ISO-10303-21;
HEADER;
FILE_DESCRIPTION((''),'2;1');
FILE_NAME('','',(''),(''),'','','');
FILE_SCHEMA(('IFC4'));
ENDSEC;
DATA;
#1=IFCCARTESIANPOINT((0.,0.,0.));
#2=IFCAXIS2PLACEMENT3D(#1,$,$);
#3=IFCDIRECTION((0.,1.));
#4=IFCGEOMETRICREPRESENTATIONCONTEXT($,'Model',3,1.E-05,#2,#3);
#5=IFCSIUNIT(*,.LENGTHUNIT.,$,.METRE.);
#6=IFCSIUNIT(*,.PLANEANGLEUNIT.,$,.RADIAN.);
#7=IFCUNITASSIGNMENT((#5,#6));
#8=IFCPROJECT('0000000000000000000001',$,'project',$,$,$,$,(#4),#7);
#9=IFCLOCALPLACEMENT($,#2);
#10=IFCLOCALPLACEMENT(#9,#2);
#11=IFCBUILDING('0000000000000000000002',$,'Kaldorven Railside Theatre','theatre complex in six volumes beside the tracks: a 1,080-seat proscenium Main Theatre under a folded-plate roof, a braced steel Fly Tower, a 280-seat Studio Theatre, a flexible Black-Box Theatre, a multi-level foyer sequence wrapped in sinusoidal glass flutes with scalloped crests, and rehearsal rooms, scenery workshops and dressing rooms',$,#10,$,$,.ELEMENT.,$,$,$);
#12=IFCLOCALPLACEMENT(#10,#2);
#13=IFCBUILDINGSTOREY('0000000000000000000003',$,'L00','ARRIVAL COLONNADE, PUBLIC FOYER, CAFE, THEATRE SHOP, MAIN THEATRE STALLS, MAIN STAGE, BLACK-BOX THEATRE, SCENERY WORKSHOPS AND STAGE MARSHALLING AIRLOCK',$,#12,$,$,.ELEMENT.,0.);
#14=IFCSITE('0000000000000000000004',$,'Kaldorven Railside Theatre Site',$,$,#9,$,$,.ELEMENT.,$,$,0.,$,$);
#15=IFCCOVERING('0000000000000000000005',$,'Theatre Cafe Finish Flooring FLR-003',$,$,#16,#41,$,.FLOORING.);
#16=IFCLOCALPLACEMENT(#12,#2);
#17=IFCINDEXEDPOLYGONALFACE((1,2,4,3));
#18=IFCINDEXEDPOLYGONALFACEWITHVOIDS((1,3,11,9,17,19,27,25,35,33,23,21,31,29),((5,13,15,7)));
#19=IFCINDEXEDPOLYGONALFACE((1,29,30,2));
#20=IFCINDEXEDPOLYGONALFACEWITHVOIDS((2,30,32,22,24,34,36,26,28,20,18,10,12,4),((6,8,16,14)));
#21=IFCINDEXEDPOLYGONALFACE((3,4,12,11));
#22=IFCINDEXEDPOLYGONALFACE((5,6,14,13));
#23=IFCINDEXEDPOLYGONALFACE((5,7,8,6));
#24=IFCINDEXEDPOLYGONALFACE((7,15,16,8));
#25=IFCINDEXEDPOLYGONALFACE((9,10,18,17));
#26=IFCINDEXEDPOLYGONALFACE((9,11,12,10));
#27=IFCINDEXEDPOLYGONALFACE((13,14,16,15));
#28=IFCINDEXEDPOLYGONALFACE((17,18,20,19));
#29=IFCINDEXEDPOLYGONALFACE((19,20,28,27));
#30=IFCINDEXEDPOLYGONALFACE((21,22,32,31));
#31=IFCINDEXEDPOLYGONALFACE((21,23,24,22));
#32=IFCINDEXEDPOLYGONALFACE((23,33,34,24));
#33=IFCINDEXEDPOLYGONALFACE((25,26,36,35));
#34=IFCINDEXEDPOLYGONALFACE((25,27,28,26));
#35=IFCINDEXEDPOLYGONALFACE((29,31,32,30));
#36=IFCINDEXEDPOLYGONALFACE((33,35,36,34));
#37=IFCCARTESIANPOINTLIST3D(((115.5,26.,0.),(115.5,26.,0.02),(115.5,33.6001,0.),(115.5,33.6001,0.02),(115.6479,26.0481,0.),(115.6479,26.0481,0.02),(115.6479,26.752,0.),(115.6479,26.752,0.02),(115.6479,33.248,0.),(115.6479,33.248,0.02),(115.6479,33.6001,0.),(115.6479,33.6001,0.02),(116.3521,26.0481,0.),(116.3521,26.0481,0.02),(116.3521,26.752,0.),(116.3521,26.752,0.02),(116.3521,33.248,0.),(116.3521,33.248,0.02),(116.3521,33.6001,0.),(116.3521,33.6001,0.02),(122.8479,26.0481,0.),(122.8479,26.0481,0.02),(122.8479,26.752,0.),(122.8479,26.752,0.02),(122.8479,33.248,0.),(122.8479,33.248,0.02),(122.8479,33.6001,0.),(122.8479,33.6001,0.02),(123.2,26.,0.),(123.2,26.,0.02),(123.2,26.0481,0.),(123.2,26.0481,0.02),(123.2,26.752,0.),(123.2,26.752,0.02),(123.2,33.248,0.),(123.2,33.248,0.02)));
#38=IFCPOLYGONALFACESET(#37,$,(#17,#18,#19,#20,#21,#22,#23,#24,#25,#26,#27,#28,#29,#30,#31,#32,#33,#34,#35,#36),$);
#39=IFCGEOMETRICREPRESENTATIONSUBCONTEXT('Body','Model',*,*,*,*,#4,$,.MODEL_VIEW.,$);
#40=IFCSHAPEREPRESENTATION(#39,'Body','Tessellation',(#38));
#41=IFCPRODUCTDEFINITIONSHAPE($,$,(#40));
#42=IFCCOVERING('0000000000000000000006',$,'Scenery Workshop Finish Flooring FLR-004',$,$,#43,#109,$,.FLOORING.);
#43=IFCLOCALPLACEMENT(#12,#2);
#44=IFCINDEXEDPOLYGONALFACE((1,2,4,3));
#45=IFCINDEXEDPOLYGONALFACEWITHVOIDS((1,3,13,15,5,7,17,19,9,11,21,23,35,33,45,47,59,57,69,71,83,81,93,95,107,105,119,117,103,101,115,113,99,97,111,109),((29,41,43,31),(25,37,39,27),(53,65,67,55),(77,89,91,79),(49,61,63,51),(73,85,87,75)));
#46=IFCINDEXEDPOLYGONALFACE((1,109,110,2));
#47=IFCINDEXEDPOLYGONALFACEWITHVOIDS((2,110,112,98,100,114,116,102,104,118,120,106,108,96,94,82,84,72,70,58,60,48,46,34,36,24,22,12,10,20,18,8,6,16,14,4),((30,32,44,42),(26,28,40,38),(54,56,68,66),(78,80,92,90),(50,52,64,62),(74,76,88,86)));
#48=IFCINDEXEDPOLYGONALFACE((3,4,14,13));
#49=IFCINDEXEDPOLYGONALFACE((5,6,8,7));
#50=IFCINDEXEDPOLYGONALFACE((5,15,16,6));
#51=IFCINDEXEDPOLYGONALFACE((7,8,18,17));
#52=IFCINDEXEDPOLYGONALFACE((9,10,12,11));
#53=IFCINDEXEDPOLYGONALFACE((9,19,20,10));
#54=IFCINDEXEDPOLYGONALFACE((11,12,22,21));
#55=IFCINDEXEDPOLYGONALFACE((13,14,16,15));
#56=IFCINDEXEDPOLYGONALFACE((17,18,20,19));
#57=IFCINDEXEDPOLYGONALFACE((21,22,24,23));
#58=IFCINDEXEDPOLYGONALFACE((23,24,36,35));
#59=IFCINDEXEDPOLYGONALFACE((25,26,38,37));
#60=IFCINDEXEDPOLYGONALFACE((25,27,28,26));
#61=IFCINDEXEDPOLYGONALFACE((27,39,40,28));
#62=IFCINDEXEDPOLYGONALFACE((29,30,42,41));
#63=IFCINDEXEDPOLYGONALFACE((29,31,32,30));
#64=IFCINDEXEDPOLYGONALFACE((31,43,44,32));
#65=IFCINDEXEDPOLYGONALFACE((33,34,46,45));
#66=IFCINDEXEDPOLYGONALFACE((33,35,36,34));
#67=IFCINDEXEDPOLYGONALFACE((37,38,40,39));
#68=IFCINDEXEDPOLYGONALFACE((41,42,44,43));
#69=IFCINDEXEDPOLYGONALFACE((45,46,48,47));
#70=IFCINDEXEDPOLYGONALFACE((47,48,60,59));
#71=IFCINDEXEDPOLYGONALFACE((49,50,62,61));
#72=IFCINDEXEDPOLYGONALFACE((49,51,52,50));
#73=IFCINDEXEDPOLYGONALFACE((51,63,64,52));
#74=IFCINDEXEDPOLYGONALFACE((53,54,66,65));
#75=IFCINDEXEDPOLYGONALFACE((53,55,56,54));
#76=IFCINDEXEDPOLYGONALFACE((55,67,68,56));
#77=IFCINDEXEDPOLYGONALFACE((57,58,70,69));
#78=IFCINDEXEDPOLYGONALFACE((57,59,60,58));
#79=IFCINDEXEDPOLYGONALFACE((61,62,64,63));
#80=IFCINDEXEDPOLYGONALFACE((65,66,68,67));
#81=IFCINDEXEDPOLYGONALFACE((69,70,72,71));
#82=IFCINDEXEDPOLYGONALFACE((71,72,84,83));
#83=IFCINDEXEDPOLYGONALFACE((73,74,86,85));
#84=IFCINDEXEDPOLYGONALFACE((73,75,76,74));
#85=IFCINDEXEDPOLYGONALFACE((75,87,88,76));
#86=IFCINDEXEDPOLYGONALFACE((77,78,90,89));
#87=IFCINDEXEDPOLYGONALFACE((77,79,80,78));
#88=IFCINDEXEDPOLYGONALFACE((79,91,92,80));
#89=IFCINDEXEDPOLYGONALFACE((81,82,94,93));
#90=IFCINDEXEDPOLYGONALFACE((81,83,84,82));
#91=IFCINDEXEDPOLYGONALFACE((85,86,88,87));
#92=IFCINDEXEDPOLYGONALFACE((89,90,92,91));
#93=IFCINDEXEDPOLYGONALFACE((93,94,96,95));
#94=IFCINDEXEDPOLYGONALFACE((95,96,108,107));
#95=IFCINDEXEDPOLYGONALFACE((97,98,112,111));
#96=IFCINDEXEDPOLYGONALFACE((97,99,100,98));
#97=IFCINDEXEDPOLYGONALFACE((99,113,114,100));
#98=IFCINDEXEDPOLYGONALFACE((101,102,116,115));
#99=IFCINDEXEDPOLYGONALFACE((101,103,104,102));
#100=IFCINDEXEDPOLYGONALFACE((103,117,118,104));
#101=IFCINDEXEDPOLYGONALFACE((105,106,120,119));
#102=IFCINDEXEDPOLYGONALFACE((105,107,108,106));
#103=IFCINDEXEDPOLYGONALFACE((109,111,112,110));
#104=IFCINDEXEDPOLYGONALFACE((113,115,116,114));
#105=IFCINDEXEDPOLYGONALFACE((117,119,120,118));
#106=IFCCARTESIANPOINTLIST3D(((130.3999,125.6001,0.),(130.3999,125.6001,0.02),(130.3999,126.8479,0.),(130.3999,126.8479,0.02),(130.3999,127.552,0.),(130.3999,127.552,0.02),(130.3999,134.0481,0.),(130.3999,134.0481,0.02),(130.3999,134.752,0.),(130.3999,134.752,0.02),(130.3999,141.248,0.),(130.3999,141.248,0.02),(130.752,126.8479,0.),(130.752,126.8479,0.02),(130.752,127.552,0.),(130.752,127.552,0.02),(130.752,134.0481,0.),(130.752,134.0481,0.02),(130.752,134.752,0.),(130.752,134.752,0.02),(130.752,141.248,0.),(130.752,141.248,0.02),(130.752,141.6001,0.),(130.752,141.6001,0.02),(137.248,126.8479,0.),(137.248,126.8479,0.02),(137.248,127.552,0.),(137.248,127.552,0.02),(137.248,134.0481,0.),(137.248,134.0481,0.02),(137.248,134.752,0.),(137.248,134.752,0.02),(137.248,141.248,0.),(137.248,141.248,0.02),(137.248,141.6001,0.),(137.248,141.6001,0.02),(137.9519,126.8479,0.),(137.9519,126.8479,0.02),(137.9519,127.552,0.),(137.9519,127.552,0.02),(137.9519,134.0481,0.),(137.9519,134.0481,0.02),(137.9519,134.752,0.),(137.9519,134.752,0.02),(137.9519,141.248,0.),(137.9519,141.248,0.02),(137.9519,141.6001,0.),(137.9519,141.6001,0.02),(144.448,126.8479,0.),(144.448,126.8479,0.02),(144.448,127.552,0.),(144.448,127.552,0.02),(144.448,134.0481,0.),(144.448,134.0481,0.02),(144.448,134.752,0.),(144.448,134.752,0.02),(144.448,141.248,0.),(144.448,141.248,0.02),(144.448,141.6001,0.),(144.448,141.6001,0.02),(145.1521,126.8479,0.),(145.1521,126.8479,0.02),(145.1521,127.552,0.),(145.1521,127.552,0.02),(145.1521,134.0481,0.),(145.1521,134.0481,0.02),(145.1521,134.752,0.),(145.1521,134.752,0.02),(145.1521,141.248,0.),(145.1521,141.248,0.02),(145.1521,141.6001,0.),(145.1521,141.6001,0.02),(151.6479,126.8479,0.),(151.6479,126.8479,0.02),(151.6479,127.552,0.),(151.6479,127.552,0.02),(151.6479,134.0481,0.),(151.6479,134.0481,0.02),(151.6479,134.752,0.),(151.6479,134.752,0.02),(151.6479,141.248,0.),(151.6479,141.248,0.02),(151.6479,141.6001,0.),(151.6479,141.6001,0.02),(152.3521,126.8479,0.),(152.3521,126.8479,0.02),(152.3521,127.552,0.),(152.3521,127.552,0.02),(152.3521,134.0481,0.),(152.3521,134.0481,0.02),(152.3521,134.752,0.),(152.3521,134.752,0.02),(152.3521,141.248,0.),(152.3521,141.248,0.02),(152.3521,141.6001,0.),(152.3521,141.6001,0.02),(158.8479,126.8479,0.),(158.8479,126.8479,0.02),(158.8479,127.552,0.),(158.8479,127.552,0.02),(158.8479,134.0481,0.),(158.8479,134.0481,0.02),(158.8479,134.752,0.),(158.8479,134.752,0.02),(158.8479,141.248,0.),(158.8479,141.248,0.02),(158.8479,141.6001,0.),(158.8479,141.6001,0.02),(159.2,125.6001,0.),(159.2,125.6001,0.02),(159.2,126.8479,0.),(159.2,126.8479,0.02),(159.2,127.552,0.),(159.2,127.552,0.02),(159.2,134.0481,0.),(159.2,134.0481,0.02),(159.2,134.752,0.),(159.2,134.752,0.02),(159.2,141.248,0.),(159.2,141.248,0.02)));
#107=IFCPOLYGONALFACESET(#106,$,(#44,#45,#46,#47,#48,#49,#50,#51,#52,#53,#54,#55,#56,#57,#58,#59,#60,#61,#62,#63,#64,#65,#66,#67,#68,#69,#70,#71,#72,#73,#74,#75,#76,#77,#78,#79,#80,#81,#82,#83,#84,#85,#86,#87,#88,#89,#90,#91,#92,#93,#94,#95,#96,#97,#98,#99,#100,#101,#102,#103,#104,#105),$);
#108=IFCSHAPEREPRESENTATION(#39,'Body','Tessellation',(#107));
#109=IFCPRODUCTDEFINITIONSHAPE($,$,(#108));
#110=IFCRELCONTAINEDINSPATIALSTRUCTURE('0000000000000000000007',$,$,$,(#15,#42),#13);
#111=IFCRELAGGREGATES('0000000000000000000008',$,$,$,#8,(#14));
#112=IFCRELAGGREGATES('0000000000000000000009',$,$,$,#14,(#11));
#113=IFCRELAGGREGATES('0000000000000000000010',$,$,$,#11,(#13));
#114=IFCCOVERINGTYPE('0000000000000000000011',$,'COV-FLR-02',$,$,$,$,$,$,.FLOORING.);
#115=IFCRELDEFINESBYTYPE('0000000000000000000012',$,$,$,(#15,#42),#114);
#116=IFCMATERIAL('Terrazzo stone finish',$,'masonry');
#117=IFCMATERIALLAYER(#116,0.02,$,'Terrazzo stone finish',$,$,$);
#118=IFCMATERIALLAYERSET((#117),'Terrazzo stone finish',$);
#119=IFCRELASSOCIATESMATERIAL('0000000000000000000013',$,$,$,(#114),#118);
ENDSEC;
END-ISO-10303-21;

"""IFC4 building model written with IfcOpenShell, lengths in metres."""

from ifc_helpers import new_model, si_unit, direction, origin, place, context, subcontext, project, spatial, polyline, outline, extrude, material, layer, layer_set, type_object, element, save


model = new_model("IFC4")

# Units and contexts
model_context = context("Model", 3, precision=1e-05, world=origin(), true_north=direction((0.0, 1.0)))
body_context = subcontext(model_context, "Body", "Model", "MODEL_VIEW")
ifc_project = project(units=[si_unit("LENGTHUNIT", "METRE"), si_unit("PLANEANGLEUNIT", "RADIAN")], contexts=[model_context])

# Site, building, storey
site_placement = place(None, origin())
site = spatial("IfcSite", under=ifc_project, at=site_placement, Name="Kaldorven Railside Theatre Site", CompositionType="ELEMENT", RefElevation=0.0)
building_placement = place(site_placement, origin())
building = spatial("IfcBuilding", under=site, at=building_placement, Name="Kaldorven Railside Theatre", Description="theatre complex in six volumes beside the tracks: a 1,080-seat proscenium Main Theatre under a folded-plate roof, a braced steel Fly Tower, a 280-seat Studio Theatre, a flexible Black-Box Theatre, a multi-level foyer sequence wrapped in sinusoidal glass flutes with scalloped crests, and rehearsal rooms, scenery workshops and dressing rooms", CompositionType="ELEMENT")
storey_placement = place(building_placement, origin())
storey = spatial("IfcBuildingStorey", under=building, at=storey_placement, Name="L00", Description="ARRIVAL COLONNADE, PUBLIC FOYER, CAFE, THEATRE SHOP, MAIN THEATRE STALLS, MAIN STAGE, BLACK-BOX THEATRE, SCENERY WORKSHOPS AND STAGE MARSHALLING AIRLOCK", CompositionType="ELEMENT", Elevation=0.0)

# Coverings
ifc_material_1 = material(Name="Terrazzo stone finish", Category="masonry")
ifc_layer_1 = layer(ifc_material_1, 0.02, Name="Terrazzo stone finish")
ifc_layer_set_1 = layer_set([ifc_layer_1], Name="Terrazzo stone finish")
covering_type_1 = type_object("IfcCoveringType", Name="COV-FLR-02", PredefinedType="FLOORING", material=ifc_layer_set_1)
covering_1_placement = place(storey_placement, origin())
element("IfcCovering", 1, at=covering_1_placement, inside=storey, type_object=covering_type_1, Name="Theatre Cafe Finish Flooring FLR-003", PredefinedType="FLOORING", context=body_context, shape_type="SweptSolid", body=[
    extrude(outline(polyline([(123.2, 26.0), (115.5, 26.0), (115.5, 33.6001), (115.6479, 33.6001), (115.6479, 33.248), (116.3521, 33.248), (116.3521, 33.6001), (122.8479, 33.6001), (122.8479, 33.248), (123.2, 33.248), (123.2, 26.752), (122.8479, 26.752), (122.8479, 26.0481), (123.2, 26.0481), (123.2, 26.0)]), holes=[polyline([(116.3521, 26.752), (115.6479, 26.752), (115.6479, 26.0481), (116.3521, 26.0481), (116.3521, 26.752)])]), origin(), (0.0, 0.0, 1.0), 0.02),
])
covering_2_placement = place(storey_placement, origin())
element("IfcCovering", 2, at=covering_2_placement, inside=storey, type_object=covering_type_1, Name="Scenery Workshop Finish Flooring FLR-004", PredefinedType="FLOORING", context=body_context, shape_type="SweptSolid", body=[
    extrude(outline(polyline([(159.2, 125.6001), (130.3999, 125.6001), (130.3999, 126.8479), (130.752, 126.8479), (130.752, 127.552), (130.3999, 127.552), (130.3999, 134.0481), (130.752, 134.0481), (130.752, 134.752), (130.3999, 134.752), (130.3999, 141.248), (130.752, 141.248), (130.752, 141.6001), (137.248, 141.6001), (137.248, 141.248), (137.9519, 141.248), (137.9519, 141.6001), (144.448, 141.6001), (144.448, 141.248), (145.1521, 141.248), (145.1521, 141.6001), (151.6479, 141.6001), (151.6479, 141.248), (152.3521, 141.248), (152.3521, 141.6001), (158.8479, 141.6001), (158.8479, 141.248), (159.2, 141.248), (159.2, 134.752), (158.8479, 134.752), (158.8479, 134.0481), (159.2, 134.0481), (159.2, 127.552), (158.8479, 127.552), (158.8479, 126.8479), (159.2, 126.8479), (159.2, 125.6001)]), holes=[polyline([(152.3521, 127.552), (151.6479, 127.552), (151.6479, 126.8479), (152.3521, 126.8479), (152.3521, 127.552)]), polyline([(145.1521, 127.552), (144.448, 127.552), (144.448, 126.8479), (145.1521, 126.8479), (145.1521, 127.552)]), polyline([(137.9519, 127.552), (137.248, 127.552), (137.248, 126.8479), (137.9519, 126.8479), (137.9519, 127.552)]), polyline([(145.1521, 134.752), (144.448, 134.752), (144.448, 134.0481), (145.1521, 134.0481), (145.1521, 134.752)]), polyline([(152.3521, 134.752), (151.6479, 134.752), (151.6479, 134.0481), (152.3521, 134.0481), (152.3521, 134.752)]), polyline([(137.9519, 134.752), (137.248, 134.752), (137.248, 134.0481), (137.9519, 134.0481), (137.9519, 134.752)])]), origin(), (0.0, 0.0, 1.0), 0.02),
])

save(model, "model.ifc")
